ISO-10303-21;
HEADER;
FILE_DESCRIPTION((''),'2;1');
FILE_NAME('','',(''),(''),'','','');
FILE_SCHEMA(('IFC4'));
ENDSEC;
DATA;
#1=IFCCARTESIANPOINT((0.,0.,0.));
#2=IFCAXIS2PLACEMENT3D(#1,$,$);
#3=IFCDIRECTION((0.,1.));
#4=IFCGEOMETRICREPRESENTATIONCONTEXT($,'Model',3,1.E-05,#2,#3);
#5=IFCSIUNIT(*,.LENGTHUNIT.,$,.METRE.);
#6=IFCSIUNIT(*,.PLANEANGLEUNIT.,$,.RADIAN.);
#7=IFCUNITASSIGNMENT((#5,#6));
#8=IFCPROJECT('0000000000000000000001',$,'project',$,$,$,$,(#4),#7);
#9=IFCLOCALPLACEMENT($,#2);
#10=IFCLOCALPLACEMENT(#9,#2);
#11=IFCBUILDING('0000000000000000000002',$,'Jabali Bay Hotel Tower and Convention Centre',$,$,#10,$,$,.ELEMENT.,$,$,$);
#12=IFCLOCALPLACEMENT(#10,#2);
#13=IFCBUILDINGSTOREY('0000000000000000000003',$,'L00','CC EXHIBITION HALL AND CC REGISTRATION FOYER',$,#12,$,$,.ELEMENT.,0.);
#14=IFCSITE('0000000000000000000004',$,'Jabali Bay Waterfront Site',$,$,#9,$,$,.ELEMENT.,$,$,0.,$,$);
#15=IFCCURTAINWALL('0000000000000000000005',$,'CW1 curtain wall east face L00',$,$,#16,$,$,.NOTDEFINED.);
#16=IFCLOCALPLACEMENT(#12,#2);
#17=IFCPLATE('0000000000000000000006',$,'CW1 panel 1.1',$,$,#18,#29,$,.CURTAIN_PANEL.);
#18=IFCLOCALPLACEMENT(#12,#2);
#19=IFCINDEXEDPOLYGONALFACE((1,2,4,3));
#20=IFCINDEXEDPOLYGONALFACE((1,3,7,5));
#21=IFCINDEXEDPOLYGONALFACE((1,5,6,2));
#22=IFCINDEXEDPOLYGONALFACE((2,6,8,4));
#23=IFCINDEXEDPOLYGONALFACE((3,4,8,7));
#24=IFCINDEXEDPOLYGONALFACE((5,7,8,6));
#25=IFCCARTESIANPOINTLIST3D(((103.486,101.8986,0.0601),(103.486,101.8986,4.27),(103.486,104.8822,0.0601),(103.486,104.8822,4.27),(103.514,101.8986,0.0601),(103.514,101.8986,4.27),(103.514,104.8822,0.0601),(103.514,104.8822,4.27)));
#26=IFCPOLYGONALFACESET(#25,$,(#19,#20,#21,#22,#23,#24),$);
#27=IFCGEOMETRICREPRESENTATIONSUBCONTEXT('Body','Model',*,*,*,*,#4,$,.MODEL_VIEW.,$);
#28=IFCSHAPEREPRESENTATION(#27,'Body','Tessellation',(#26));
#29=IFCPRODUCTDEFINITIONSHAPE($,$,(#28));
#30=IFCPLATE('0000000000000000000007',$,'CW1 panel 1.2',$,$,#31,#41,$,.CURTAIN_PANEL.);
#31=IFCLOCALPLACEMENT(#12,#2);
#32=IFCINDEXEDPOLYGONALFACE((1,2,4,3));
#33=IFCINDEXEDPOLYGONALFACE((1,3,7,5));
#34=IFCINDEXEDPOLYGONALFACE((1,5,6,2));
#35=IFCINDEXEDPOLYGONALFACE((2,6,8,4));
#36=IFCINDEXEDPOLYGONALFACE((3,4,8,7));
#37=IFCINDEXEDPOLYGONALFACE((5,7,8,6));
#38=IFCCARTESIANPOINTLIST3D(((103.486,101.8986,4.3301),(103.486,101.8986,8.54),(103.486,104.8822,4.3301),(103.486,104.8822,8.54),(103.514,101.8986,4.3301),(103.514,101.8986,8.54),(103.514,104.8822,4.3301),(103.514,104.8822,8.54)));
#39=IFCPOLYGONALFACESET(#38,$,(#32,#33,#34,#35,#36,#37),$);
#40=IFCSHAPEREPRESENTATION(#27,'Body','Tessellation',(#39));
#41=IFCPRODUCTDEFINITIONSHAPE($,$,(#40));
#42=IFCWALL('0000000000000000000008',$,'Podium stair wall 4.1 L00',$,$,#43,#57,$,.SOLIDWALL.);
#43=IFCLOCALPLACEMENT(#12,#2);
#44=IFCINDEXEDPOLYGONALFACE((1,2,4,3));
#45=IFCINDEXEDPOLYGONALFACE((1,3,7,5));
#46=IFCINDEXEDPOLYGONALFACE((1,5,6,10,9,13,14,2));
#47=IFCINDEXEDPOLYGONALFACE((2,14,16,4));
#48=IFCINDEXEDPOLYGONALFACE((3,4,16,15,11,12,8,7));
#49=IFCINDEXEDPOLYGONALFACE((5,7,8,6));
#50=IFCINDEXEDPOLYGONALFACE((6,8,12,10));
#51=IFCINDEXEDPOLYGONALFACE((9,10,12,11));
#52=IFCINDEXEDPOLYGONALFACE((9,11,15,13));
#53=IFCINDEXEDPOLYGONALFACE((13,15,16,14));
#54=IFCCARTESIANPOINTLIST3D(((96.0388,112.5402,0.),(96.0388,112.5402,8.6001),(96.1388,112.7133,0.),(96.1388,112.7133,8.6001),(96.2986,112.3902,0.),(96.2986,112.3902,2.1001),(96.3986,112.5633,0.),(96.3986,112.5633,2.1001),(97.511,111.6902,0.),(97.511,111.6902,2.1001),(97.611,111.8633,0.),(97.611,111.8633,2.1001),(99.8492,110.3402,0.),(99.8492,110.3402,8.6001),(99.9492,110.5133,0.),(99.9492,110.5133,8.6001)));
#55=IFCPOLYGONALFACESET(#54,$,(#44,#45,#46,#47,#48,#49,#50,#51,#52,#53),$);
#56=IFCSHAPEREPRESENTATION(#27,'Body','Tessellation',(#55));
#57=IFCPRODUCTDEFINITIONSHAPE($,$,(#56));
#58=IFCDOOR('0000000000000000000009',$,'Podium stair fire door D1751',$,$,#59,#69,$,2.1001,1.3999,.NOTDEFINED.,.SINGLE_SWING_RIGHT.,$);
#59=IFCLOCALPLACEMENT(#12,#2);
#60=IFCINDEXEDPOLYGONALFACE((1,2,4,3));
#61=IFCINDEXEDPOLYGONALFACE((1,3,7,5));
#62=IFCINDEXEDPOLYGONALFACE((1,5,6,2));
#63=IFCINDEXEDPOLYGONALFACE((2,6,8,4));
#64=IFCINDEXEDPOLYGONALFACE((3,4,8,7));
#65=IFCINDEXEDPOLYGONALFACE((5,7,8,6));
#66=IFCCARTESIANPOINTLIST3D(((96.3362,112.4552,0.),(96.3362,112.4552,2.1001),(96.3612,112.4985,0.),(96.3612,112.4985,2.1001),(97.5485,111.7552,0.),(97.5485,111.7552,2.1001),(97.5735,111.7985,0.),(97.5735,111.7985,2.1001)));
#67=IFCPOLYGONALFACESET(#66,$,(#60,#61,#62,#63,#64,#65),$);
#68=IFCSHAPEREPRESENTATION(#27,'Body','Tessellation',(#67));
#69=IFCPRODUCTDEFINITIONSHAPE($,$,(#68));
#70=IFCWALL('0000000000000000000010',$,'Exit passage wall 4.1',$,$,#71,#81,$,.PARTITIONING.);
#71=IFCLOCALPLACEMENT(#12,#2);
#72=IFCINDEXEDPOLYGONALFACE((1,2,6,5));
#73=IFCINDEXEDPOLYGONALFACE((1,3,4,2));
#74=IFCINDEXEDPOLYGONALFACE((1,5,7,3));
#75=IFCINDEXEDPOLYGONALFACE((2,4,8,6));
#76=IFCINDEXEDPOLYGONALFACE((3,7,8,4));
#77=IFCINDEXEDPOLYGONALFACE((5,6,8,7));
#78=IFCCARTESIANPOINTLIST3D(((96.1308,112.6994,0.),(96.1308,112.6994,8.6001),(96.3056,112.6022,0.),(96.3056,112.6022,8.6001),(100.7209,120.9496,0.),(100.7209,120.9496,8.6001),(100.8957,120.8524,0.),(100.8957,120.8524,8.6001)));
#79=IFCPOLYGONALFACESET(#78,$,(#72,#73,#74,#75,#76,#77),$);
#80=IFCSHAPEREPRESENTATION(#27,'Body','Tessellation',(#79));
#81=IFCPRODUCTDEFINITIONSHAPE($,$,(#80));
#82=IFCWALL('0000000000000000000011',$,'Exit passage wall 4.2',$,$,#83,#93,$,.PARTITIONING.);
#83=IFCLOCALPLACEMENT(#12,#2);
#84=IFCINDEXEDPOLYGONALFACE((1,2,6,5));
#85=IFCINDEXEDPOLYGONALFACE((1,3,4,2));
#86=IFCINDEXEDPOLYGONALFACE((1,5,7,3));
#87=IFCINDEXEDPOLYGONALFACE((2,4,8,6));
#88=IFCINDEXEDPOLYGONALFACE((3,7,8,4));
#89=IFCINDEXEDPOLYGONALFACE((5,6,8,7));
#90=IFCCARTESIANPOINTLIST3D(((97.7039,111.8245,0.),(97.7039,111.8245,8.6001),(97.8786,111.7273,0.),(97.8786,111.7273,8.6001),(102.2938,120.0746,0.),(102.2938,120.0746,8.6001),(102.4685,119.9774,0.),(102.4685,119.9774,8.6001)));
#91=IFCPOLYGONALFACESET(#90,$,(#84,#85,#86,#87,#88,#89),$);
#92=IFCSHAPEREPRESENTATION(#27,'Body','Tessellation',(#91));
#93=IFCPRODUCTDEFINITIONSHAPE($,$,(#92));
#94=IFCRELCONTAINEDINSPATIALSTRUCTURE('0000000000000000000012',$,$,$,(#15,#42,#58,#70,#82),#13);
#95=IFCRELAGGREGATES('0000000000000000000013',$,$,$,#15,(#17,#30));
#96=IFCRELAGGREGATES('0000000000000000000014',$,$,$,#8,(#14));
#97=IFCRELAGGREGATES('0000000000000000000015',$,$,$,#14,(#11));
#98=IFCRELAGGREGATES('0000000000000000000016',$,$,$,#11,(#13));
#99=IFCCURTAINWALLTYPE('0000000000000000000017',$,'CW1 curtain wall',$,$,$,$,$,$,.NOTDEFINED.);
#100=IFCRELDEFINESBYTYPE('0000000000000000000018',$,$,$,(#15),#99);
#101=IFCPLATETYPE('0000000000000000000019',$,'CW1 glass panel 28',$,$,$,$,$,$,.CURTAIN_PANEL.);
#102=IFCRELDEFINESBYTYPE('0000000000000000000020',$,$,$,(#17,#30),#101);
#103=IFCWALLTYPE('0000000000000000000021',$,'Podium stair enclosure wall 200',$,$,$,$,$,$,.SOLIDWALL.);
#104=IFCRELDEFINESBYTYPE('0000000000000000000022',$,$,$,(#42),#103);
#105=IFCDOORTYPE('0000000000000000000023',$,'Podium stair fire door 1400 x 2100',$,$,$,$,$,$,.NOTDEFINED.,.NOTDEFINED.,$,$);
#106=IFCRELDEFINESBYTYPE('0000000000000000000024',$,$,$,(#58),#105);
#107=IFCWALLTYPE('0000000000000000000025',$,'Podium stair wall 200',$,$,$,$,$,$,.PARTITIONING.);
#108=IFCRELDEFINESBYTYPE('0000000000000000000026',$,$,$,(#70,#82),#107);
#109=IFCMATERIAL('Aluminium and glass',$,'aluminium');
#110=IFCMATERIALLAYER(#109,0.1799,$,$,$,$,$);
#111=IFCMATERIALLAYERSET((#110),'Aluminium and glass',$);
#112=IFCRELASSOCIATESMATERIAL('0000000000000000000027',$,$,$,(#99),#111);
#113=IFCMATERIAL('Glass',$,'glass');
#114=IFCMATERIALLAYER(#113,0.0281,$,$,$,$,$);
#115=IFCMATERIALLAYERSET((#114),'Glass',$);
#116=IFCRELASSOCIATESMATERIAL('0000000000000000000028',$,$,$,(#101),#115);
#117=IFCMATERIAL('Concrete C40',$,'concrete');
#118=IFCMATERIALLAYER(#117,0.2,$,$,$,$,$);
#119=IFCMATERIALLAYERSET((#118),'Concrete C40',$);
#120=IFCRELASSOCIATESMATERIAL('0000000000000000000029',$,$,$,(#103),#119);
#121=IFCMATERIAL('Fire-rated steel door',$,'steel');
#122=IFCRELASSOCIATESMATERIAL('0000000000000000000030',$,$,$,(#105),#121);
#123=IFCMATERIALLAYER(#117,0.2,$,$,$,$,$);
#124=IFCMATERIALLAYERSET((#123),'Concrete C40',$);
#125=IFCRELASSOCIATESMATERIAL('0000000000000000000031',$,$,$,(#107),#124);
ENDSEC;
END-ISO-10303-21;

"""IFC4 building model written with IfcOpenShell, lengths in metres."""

from ifc_helpers import new_model, si_unit, direction, frame, frame_2d, origin, origin_2d, place, context, subcontext, project, spatial, rectangle, extrude, material, layer, layer_set, type_object, element, fill, aggregate, save


model = new_model("IFC4")

# Units and contexts
model_context = context("Model", 3, precision=1e-05, world=origin(), true_north=direction((0.0, 1.0)))
body_context = subcontext(model_context, "Body", "Model", "MODEL_VIEW")
ifc_project = project(units=[si_unit("LENGTHUNIT", "METRE"), si_unit("PLANEANGLEUNIT", "RADIAN")], contexts=[model_context])

# Site, building, storey
site_placement = place(None, origin())
site = spatial("IfcSite", under=ifc_project, at=site_placement, Name="Jabali Bay Waterfront Site", CompositionType="ELEMENT", RefElevation=0.0)
building_placement = place(site_placement, origin())
building = spatial("IfcBuilding", under=site, at=building_placement, Name="Jabali Bay Hotel Tower and Convention Centre", CompositionType="ELEMENT")
storey_placement = place(building_placement, origin())
storey = spatial("IfcBuildingStorey", under=building, at=storey_placement, Name="L00", Description="CC EXHIBITION HALL AND CC REGISTRATION FOYER", CompositionType="ELEMENT", Elevation=0.0)

# Curtain wall
ifc_material_1 = material(Name="Aluminium and glass", Category="aluminium")
ifc_layer_1 = layer(ifc_material_1, 0.1799)
ifc_layer_set_1 = layer_set([ifc_layer_1], Name="Aluminium and glass")
curtain_wall_type = type_object("IfcCurtainWallType", Name="CW1 curtain wall", PredefinedType="NOTDEFINED", material=ifc_layer_set_1)
curtain_wall_1_placement = place(storey_placement, origin())
curtain_wall_1 = element("IfcCurtainWall", 1, at=curtain_wall_1_placement, inside=storey, type_object=curtain_wall_type, Name="CW1 curtain wall east face L00", PredefinedType="NOTDEFINED")

# Plates
ifc_material_2 = material(Name="Glass", Category="glass")
ifc_layer_2 = layer(ifc_material_2, 0.0281)
ifc_layer_set_2 = layer_set([ifc_layer_2], Name="Glass")
plate_type = type_object("IfcPlateType", Name="CW1 glass panel 28", PredefinedType="CURTAIN_PANEL", material=ifc_layer_set_2)
plate_1_placement = place(storey_placement, frame((103.5, 103.3904, 0.0601), z_axis=(0.0, 0.0, 1.0), x_axis=(0.0, -1.0, 0.0)))
plate_1 = element("IfcPlate", 2, at=plate_1_placement, type_object=plate_type, Name="CW1 panel 1.1", PredefinedType="CURTAIN_PANEL", context=body_context, shape_type="SweptSolid", body=[
    extrude(rectangle(XDim=2.9836, YDim=0.0281, at=origin_2d()), origin(), (0.0, 0.0, 1.0), 4.21),
])
plate_2_placement = place(storey_placement, frame((103.5, 103.3904, 4.3301), z_axis=(0.0, 0.0, 1.0), x_axis=(0.0, -1.0, 0.0)))
plate_2 = element("IfcPlate", 3, at=plate_2_placement, type_object=plate_type, Name="CW1 panel 1.2", PredefinedType="CURTAIN_PANEL", context=body_context, shape_type="SweptSolid", body=[
    extrude(rectangle(XDim=2.9836, YDim=0.0281, at=origin_2d()), origin(), (0.0, 0.0, 1.0), 4.21),
])
aggregate(curtain_wall_1, [plate_1, plate_2])

# Wall, opening, door
ifc_material_3 = material(Name="Concrete C40", Category="concrete")
ifc_layer_3 = layer(ifc_material_3, 0.2)
ifc_layer_set_3 = layer_set([ifc_layer_3], Name="Concrete C40")
wall_type_1 = type_object("IfcWallType", Name="Podium stair enclosure wall 200", PredefinedType="SOLIDWALL", material=ifc_layer_set_3)
wall_1_placement = place(storey_placement, frame((99.8992, 110.4268, 0.0), z_axis=(0.0, 0.0, 1.0), x_axis=(-0.866018, 0.500012, 0.0)))
wall_1 = element("IfcWall", 4, at=wall_1_placement, inside=storey, type_object=wall_type_1, Name="Podium stair wall 4.1 L00", PredefinedType="SOLIDWALL", context=body_context, shape_type="SweptSolid", body=[
    extrude(rectangle(XDim=4.3999, YDim=0.2, at=frame_2d((2.2, 0.0))), origin(), (0.0, 0.0, 1.0), 8.6001),
])
opening_1_placement = place(wall_1_placement, frame((2.7, 0.0, 0.0)))
opening_1 = element("IfcOpeningElement", 5, at=opening_1_placement, cuts=wall_1, PredefinedType="OPENING", context=body_context, shape_type="SweptSolid", body=[
    extrude(rectangle(XDim=1.3999, YDim=2.1001, at=frame_2d((0.7, 1.05))), frame((0.0, 0.1104, 0.0), z_axis=(0.0, -1.0, 0.0), x_axis=(1.0, 0.0, 0.0)), (0.0, 0.0, 1.0), 0.2209),
])
ifc_material_4 = material(Name="Fire-rated steel door", Category="steel")
door_type_1 = type_object("IfcDoorType", Name="Podium stair fire door 1400 x 2100", OperationType="NOTDEFINED", PredefinedType="NOTDEFINED", material=ifc_material_4)
door_1_placement = place(opening_1_placement, origin())
door_1 = element("IfcDoor", 6, at=door_1_placement, inside=storey, type_object=door_type_1, Name="Podium stair fire door D1751", OperationType="SINGLE_SWING_RIGHT", OverallHeight=2.1001, OverallWidth=1.3999, PredefinedType="NOTDEFINED", context=body_context, shape_type="SweptSolid", body=[
    extrude(rectangle(XDim=1.3999, YDim=2.1001, at=frame_2d((0.7, 1.05))), frame((0.0, 0.0249, 0.0), z_axis=(0.0, -1.0, 0.0), x_axis=(1.0, 0.0, 0.0)), (0.0, 0.0, 1.0), 0.05),
])
fill(opening_1, door_1)

# Walls
ifc_layer_4 = layer(ifc_material_3, 0.2)
ifc_layer_set_4 = layer_set([ifc_layer_4], Name="Concrete C40")
wall_type_2 = type_object("IfcWallType", Name="Podium stair wall 200", PredefinedType="PARTITIONING", material=ifc_layer_set_4)
wall_2_placement = place(storey_placement, frame((100.8083, 120.9011, 0.0), z_axis=(0.0, 0.0, 1.0), x_axis=(-0.486179, -0.873859, 0.0)))
element("IfcWall", 7, at=wall_2_placement, inside=storey, type_object=wall_type_2, Name="Exit passage wall 4.1", PredefinedType="PARTITIONING", context=body_context, shape_type="SweptSolid", body=[
    extrude(rectangle(XDim=9.4412, YDim=0.2, at=frame_2d((4.7207, 0.0))), origin(), (0.0, 0.0, 1.0), 8.6001),
])
wall_3_placement = place(storey_placement, frame((97.7913, 111.7759, 0.0), z_axis=(0.0, 0.0, 1.0), x_axis=(0.48617, 0.873864, 0.0)))
element("IfcWall", 8, at=wall_3_placement, inside=storey, type_object=wall_type_2, Name="Exit passage wall 4.2", PredefinedType="PARTITIONING", context=body_context, shape_type="SweptSolid", body=[
    extrude(rectangle(XDim=9.4409, YDim=0.2, at=frame_2d((4.7205, 0.0))), origin(), (0.0, 0.0, 1.0), 8.6001),
])

save(model, "model.ifc")
